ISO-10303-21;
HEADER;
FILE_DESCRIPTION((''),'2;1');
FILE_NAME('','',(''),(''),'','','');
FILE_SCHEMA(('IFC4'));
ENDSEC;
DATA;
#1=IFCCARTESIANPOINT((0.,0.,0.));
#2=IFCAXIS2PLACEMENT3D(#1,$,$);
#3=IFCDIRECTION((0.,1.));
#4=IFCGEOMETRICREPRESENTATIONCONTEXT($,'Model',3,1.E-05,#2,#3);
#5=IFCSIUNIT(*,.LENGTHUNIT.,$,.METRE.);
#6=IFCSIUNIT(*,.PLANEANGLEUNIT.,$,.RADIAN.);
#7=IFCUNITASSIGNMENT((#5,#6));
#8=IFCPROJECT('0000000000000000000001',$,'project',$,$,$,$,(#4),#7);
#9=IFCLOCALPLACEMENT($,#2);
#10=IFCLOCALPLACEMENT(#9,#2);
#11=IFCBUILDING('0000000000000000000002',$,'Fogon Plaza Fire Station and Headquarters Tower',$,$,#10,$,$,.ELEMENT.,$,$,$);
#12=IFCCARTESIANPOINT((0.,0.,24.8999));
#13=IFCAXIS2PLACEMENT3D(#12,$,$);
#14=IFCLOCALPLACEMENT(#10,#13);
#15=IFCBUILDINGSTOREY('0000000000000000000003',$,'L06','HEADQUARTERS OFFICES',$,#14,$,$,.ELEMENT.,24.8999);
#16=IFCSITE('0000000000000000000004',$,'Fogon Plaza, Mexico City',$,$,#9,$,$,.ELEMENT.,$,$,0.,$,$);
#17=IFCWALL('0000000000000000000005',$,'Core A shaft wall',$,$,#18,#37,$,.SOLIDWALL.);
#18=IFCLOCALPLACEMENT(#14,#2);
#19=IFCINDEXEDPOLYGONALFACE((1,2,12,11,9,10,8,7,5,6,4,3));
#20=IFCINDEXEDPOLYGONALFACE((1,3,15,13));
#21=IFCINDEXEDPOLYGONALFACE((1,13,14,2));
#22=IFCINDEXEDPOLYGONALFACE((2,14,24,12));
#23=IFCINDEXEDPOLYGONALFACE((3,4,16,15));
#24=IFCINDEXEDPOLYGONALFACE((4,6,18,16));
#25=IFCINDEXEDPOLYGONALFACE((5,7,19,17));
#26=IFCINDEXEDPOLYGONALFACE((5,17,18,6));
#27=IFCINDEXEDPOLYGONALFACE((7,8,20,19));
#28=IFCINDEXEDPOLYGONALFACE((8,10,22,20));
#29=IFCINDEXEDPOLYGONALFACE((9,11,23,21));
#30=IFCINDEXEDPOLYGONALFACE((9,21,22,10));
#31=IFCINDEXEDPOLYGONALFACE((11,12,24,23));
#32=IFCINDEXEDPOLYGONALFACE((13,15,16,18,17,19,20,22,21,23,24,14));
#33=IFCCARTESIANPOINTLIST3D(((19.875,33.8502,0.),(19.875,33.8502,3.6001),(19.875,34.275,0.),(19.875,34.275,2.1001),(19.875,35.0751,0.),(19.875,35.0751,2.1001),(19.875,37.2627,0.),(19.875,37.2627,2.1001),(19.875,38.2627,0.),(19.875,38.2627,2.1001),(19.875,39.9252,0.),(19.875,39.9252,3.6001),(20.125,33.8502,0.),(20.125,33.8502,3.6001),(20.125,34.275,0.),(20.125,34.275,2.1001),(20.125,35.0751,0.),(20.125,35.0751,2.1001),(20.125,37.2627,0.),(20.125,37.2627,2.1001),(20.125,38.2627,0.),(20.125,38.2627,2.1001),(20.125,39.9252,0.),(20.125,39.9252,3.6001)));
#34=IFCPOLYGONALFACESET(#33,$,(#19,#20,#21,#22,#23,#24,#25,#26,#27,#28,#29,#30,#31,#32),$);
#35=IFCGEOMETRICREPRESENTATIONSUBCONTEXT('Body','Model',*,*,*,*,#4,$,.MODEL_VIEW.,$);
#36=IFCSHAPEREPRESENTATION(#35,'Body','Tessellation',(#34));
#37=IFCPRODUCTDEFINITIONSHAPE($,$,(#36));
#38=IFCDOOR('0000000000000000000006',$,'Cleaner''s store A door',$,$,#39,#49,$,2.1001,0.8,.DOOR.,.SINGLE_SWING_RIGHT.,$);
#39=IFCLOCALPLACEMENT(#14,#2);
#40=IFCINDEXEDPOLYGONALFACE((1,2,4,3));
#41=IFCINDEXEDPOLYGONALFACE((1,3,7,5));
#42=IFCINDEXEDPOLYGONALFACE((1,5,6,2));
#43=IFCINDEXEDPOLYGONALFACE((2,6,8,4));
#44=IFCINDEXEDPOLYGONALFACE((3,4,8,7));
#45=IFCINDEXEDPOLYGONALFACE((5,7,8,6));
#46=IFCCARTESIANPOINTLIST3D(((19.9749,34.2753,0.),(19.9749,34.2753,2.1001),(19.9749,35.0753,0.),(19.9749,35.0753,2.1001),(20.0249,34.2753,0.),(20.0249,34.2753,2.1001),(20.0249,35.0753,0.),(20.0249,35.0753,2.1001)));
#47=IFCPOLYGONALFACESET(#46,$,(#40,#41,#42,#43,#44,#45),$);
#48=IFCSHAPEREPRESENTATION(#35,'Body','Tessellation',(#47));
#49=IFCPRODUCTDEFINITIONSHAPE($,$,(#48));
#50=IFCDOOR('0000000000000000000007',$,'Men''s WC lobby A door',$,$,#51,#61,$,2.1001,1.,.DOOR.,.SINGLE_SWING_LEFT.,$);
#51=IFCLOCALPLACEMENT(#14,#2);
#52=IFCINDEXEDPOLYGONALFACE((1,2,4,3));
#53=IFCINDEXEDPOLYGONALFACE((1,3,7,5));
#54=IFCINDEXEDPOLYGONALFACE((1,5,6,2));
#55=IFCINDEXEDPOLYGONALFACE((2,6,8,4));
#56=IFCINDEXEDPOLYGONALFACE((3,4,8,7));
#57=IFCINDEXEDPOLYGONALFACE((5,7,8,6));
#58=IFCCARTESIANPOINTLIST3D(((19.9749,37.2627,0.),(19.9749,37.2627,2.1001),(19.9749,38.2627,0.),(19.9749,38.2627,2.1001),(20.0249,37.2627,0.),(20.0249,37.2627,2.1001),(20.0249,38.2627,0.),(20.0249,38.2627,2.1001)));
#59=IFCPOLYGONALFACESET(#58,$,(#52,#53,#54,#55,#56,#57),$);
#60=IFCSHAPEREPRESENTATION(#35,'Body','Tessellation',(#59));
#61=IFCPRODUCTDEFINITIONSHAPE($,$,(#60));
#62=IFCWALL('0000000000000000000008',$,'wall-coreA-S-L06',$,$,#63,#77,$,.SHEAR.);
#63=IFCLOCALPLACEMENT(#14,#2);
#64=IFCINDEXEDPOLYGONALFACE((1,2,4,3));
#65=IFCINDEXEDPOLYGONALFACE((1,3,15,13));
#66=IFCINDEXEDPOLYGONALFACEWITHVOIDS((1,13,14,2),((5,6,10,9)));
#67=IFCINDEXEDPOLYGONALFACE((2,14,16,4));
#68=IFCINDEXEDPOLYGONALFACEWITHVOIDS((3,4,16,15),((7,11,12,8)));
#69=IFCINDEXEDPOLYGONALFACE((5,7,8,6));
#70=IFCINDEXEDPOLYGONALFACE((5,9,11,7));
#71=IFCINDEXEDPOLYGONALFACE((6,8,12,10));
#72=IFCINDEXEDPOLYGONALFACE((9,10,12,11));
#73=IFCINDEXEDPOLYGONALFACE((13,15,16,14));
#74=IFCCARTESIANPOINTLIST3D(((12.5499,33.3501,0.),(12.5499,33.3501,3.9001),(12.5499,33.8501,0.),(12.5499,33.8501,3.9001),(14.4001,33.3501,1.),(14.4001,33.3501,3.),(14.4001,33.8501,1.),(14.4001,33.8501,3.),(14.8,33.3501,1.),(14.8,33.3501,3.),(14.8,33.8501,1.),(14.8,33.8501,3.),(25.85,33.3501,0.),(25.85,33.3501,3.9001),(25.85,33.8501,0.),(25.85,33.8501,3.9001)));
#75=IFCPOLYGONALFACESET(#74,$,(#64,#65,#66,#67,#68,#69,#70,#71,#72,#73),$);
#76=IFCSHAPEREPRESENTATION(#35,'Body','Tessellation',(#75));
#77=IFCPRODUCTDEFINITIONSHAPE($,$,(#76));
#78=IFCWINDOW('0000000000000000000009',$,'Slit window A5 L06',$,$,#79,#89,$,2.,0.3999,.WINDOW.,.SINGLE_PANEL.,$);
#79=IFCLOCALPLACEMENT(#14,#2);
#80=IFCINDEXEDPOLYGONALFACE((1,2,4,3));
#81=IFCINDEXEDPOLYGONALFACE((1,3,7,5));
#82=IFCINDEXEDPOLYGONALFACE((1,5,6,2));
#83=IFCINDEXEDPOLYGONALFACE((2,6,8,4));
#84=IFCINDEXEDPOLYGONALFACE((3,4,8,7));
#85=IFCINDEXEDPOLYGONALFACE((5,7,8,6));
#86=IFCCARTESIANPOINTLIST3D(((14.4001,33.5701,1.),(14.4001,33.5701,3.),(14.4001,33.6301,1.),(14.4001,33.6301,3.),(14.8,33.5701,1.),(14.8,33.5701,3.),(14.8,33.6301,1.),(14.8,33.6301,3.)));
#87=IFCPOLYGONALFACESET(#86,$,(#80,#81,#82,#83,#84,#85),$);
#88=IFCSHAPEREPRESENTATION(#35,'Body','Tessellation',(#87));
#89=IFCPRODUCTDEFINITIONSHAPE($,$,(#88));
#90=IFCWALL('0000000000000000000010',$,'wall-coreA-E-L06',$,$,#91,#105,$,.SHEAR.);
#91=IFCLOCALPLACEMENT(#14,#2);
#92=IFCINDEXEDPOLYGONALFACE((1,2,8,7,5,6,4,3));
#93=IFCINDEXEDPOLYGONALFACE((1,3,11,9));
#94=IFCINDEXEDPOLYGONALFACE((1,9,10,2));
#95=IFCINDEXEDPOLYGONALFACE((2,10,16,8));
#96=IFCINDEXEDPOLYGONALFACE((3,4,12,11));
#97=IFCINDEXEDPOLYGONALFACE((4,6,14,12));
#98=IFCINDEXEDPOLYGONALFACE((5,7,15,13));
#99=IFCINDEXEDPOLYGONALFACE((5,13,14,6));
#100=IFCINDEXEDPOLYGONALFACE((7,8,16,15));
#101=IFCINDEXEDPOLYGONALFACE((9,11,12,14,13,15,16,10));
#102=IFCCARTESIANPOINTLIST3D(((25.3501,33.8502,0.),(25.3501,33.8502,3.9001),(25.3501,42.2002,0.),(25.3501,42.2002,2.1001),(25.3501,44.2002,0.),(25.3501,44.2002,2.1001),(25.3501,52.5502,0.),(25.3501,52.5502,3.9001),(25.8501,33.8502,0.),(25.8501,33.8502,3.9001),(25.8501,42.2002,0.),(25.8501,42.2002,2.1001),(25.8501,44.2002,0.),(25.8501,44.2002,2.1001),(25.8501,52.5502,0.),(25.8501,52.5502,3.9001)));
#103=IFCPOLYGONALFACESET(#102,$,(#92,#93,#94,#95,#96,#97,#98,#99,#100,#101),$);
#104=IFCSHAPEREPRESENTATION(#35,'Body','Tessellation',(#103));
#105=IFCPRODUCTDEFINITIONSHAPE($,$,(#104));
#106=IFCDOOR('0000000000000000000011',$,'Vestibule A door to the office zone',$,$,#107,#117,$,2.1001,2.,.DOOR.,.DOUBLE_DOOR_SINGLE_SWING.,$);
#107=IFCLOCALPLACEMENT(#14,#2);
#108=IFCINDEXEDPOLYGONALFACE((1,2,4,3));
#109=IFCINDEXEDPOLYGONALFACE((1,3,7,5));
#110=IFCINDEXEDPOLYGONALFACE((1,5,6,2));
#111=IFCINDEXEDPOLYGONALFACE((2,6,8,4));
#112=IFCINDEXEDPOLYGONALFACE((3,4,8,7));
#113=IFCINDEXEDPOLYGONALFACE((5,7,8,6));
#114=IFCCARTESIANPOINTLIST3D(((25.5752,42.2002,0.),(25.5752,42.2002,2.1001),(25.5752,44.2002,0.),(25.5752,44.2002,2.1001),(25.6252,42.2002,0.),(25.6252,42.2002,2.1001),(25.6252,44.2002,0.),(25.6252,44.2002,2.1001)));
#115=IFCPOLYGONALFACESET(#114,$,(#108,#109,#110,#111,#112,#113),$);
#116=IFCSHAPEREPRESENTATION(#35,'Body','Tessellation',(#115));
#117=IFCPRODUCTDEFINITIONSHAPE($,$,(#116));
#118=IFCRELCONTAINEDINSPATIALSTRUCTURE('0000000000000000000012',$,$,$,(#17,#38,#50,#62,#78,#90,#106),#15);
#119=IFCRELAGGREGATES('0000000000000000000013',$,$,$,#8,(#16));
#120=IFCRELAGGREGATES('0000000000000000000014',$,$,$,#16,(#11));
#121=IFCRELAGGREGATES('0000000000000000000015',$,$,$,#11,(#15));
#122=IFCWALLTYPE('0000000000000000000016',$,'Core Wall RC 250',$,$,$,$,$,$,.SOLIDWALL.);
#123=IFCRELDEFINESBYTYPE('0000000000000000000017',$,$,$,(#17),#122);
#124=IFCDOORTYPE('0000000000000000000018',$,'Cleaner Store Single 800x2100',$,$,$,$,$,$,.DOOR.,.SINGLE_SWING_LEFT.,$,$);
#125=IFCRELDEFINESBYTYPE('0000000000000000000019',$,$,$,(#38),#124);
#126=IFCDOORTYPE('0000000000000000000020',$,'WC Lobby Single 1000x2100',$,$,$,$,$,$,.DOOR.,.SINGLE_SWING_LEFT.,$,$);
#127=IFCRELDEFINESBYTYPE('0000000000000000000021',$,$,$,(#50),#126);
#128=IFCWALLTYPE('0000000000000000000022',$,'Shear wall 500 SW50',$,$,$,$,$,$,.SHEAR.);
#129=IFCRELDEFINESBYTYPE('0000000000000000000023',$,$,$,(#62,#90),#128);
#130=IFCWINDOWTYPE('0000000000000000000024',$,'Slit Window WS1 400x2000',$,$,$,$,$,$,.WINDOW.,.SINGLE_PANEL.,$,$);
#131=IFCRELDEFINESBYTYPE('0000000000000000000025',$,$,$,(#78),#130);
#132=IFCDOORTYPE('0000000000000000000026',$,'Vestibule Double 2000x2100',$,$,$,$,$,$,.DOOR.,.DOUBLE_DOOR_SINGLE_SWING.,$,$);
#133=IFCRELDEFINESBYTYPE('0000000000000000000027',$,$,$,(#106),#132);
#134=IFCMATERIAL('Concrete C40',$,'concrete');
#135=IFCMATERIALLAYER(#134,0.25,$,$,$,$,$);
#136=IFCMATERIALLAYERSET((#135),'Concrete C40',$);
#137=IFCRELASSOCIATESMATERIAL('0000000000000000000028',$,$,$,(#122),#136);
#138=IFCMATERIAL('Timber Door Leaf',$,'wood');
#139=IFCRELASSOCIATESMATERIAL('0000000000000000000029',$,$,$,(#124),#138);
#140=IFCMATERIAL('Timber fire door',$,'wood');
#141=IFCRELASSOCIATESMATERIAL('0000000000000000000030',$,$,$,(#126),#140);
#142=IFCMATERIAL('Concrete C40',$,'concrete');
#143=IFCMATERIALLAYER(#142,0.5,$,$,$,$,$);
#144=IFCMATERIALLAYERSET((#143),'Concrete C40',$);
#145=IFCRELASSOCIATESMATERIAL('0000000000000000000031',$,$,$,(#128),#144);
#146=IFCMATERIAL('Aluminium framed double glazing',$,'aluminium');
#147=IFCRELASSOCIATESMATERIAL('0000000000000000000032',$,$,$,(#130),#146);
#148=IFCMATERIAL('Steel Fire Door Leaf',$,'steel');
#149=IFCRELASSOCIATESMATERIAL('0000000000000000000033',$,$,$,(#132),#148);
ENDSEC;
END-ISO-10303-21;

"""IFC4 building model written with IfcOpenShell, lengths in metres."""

from ifc_helpers import new_model, si_unit, direction, frame, frame_2d, origin, place, context, subcontext, project, spatial, rectangle, extrude, material, layer, layer_set, type_object, element, fill, save


model = new_model("IFC4")

# Units and contexts
model_context = context("Model", 3, precision=1e-05, world=origin(), true_north=direction((0.0, 1.0)))
body_context = subcontext(model_context, "Body", "Model", "MODEL_VIEW")
ifc_project = project(units=[si_unit("LENGTHUNIT", "METRE"), si_unit("PLANEANGLEUNIT", "RADIAN")], contexts=[model_context])

# Site, building, storey
site_placement = place(None, origin())
site = spatial("IfcSite", under=ifc_project, at=site_placement, Name="Fogon Plaza, Mexico City", CompositionType="ELEMENT", RefElevation=0.0)
building_placement = place(site_placement, origin())
building = spatial("IfcBuilding", under=site, at=building_placement, Name="Fogon Plaza Fire Station and Headquarters Tower", CompositionType="ELEMENT")
storey_placement = place(building_placement, frame((0.0, 0.0, 24.8999)))
storey = spatial("IfcBuildingStorey", under=building, at=storey_placement, Name="L06", Description="HEADQUARTERS OFFICES", CompositionType="ELEMENT", Elevation=24.8999)

# Shared definitions
ifc_material_1 = material(Name="Concrete C40", Category="concrete")
ifc_layer_1 = layer(ifc_material_1, 0.25)
ifc_layer_set_1 = layer_set([ifc_layer_1], Name="Concrete C40")
wall_type_1 = type_object("IfcWallType", Name="Core Wall RC 250", PredefinedType="SOLIDWALL", material=ifc_layer_set_1)

# Wall, openings, doors
wall_1_placement = place(storey_placement, frame((20.0, 33.8501, 0.0), z_axis=(0.0, 0.0, 1.0), x_axis=(0.0, 1.0, 0.0)))
wall_1 = element("IfcWall", 1, at=wall_1_placement, inside=storey, type_object=wall_type_1, Name="Core A shaft wall", PredefinedType="SOLIDWALL", context=body_context, shape_type="SweptSolid", body=[
    extrude(rectangle(XDim=6.075, YDim=0.25, at=frame_2d((3.0376, 0.0))), origin(), (0.0, 0.0, 1.0), 3.6001),
])
opening_1_placement = place(wall_1_placement, frame((0.425, 0.0, 0.0)))
opening_1 = element("IfcOpeningElement", 2, at=opening_1_placement, cuts=wall_1, PredefinedType="OPENING", context=body_context, shape_type="SweptSolid", body=[
    extrude(rectangle(XDim=0.8, YDim=2.1001, at=frame_2d((0.3999, 1.05))), frame((0.0, 0.135, 0.0), z_axis=(0.0, -1.0, 0.0), x_axis=(1.0, 0.0, 0.0)), (0.0, 0.0, 1.0), 0.27),
])
opening_2_placement = place(wall_1_placement, frame((3.4126, 0.0, 0.0)))
opening_2 = element("IfcOpeningElement", 3, at=opening_2_placement, cuts=wall_1, PredefinedType="OPENING", context=body_context, shape_type="SweptSolid", body=[
    extrude(rectangle(XDim=1.0, YDim=2.1001, at=frame_2d((0.5, 1.05))), frame((0.0, 0.135, 0.0), z_axis=(0.0, -1.0, 0.0), x_axis=(1.0, 0.0, 0.0)), (0.0, 0.0, 1.0), 0.27),
])
ifc_material_2 = material(Name="Timber Door Leaf", Category="wood")
door_type_1 = type_object("IfcDoorType", Name="Cleaner Store Single 800x2100", OperationType="SINGLE_SWING_LEFT", PredefinedType="DOOR", material=ifc_material_2)
door_1_placement = place(opening_1_placement, frame((0.8, 0.0, 0.0), z_axis=(0.0, 0.0, 1.0), x_axis=(-1.0, 0.0, 0.0)))
door_1 = element("IfcDoor", 4, at=door_1_placement, inside=storey, type_object=door_type_1, Name="Cleaner's store A door", OperationType="SINGLE_SWING_RIGHT", OverallHeight=2.1001, OverallWidth=0.8, PredefinedType="DOOR", context=body_context, shape_type="SweptSolid", body=[
    extrude(rectangle(XDim=0.8, YDim=2.1001, at=frame_2d((0.3999, 1.05))), frame((0.0, 0.0249, 0.0), z_axis=(0.0, -1.0, 0.0), x_axis=(1.0, 0.0, 0.0)), (0.0, 0.0, 1.0), 0.05),
])
fill(opening_1, door_1)
ifc_material_3 = material(Name="Timber fire door", Category="wood")
door_type_2 = type_object("IfcDoorType", Name="WC Lobby Single 1000x2100", OperationType="SINGLE_SWING_LEFT", PredefinedType="DOOR", material=ifc_material_3)
door_2_placement = place(opening_2_placement, frame((1.0, 0.0, 0.0), z_axis=(0.0, 0.0, 1.0), x_axis=(-1.0, 0.0, 0.0)))
door_2 = element("IfcDoor", 5, at=door_2_placement, inside=storey, type_object=door_type_2, Name="Men's WC lobby A door", OperationType="SINGLE_SWING_LEFT", OverallHeight=2.1001, OverallWidth=1.0, PredefinedType="DOOR", context=body_context, shape_type="SweptSolid", body=[
    extrude(rectangle(XDim=1.0, YDim=2.1001, at=frame_2d((0.5, 1.05))), frame((0.0, 0.0249, 0.0), z_axis=(0.0, -1.0, 0.0), x_axis=(1.0, 0.0, 0.0)), (0.0, 0.0, 1.0), 0.05),
])
fill(opening_2, door_2)

# Wall, opening, window
ifc_material_4 = material(Name="Concrete C40", Category="concrete")
ifc_layer_2 = layer(ifc_material_4, 0.5)
ifc_layer_set_2 = layer_set([ifc_layer_2], Name="Concrete C40")
wall_type_2 = type_object("IfcWallType", Name="Shear wall 500 SW50", PredefinedType="SHEAR", material=ifc_layer_set_2)
wall_2_placement = place(storey_placement, frame((12.55, 33.6001, 0.0), z_axis=(0.0, 0.0, 1.0), x_axis=(1.0, 0.0, 0.0)))
wall_2 = element("IfcWall", 6, at=wall_2_placement, inside=storey, type_object=wall_type_2, Name="wall-coreA-S-L06", PredefinedType="SHEAR", context=body_context, shape_type="SweptSolid", body=[
    extrude(rectangle(XDim=13.3, YDim=0.5, at=frame_2d((6.6499, 0.0))), origin(), (0.0, 0.0, 1.0), 3.9001),
])
opening_3_placement = place(wall_2_placement, frame((1.8501, 0.0, 1.0)))
opening_3 = element("IfcOpeningElement", 7, at=opening_3_placement, cuts=wall_2, PredefinedType="OPENING", context=body_context, shape_type="SweptSolid", body=[
    extrude(rectangle(XDim=0.3999, YDim=2.0, at=frame_2d((0.2, 1.0))), frame((0.0, 0.26, 0.0), z_axis=(0.0, -1.0, 0.0), x_axis=(1.0, 0.0, 0.0)), (0.0, 0.0, 1.0), 0.52),
])
ifc_material_5 = material(Name="Aluminium framed double glazing", Category="aluminium")
window_type = type_object("IfcWindowType", Name="Slit Window WS1 400x2000", PartitioningType="SINGLE_PANEL", PredefinedType="WINDOW", material=ifc_material_5)
window_1_placement = place(opening_3_placement, origin())
window_1 = element("IfcWindow", 8, at=window_1_placement, inside=storey, type_object=window_type, Name="Slit window A5 L06", OverallHeight=2.0, OverallWidth=0.3999, PartitioningType="SINGLE_PANEL", PredefinedType="WINDOW", context=body_context, shape_type="SweptSolid", body=[
    extrude(rectangle(XDim=0.3999, YDim=2.0, at=frame_2d((0.2, 1.0))), frame((0.0, 0.03, 0.0), z_axis=(0.0, -1.0, 0.0), x_axis=(1.0, 0.0, 0.0)), (0.0, 0.0, 1.0), 0.0601),
])
fill(opening_3, window_1)

# Wall, opening, door
wall_3_placement = place(storey_placement, frame((25.6001, 33.8501, 0.0), z_axis=(0.0, 0.0, 1.0), x_axis=(0.0, 1.0, 0.0)))
wall_3 = element("IfcWall", 9, at=wall_3_placement, inside=storey, type_object=wall_type_2, Name="wall-coreA-E-L06", PredefinedType="SHEAR", context=body_context, shape_type="SweptSolid", body=[
    extrude(rectangle(XDim=18.7, YDim=0.5, at=frame_2d((9.3501, 0.0))), origin(), (0.0, 0.0, 1.0), 3.9001),
])
opening_4_placement = place(wall_3_placement, frame((8.3501, 0.0, 0.0)))
opening_4 = element("IfcOpeningElement", 10, at=opening_4_placement, cuts=wall_3, PredefinedType="OPENING", context=body_context, shape_type="SweptSolid", body=[
    extrude(rectangle(XDim=2.0, YDim=2.1001, at=frame_2d((1.0, 1.05))), frame((0.0, 0.26, 0.0), z_axis=(0.0, -1.0, 0.0), x_axis=(1.0, 0.0, 0.0)), (0.0, 0.0, 1.0), 0.52),
])
ifc_material_6 = material(Name="Steel Fire Door Leaf", Category="steel")
door_type_3 = type_object("IfcDoorType", Name="Vestibule Double 2000x2100", OperationType="DOUBLE_DOOR_SINGLE_SWING", PredefinedType="DOOR", material=ifc_material_6)
door_3_placement = place(opening_4_placement, origin())
door_3 = element("IfcDoor", 11, at=door_3_placement, inside=storey, type_object=door_type_3, Name="Vestibule A door to the office zone", OperationType="DOUBLE_DOOR_SINGLE_SWING", OverallHeight=2.1001, OverallWidth=2.0, PredefinedType="DOOR", context=body_context, shape_type="SweptSolid", body=[
    extrude(rectangle(XDim=2.0, YDim=2.1001, at=frame_2d((1.0, 1.05))), frame((0.0, 0.0249, 0.0), z_axis=(0.0, -1.0, 0.0), x_axis=(1.0, 0.0, 0.0)), (0.0, 0.0, 1.0), 0.05),
])
fill(opening_4, door_3)

save(model, "model.ifc")
